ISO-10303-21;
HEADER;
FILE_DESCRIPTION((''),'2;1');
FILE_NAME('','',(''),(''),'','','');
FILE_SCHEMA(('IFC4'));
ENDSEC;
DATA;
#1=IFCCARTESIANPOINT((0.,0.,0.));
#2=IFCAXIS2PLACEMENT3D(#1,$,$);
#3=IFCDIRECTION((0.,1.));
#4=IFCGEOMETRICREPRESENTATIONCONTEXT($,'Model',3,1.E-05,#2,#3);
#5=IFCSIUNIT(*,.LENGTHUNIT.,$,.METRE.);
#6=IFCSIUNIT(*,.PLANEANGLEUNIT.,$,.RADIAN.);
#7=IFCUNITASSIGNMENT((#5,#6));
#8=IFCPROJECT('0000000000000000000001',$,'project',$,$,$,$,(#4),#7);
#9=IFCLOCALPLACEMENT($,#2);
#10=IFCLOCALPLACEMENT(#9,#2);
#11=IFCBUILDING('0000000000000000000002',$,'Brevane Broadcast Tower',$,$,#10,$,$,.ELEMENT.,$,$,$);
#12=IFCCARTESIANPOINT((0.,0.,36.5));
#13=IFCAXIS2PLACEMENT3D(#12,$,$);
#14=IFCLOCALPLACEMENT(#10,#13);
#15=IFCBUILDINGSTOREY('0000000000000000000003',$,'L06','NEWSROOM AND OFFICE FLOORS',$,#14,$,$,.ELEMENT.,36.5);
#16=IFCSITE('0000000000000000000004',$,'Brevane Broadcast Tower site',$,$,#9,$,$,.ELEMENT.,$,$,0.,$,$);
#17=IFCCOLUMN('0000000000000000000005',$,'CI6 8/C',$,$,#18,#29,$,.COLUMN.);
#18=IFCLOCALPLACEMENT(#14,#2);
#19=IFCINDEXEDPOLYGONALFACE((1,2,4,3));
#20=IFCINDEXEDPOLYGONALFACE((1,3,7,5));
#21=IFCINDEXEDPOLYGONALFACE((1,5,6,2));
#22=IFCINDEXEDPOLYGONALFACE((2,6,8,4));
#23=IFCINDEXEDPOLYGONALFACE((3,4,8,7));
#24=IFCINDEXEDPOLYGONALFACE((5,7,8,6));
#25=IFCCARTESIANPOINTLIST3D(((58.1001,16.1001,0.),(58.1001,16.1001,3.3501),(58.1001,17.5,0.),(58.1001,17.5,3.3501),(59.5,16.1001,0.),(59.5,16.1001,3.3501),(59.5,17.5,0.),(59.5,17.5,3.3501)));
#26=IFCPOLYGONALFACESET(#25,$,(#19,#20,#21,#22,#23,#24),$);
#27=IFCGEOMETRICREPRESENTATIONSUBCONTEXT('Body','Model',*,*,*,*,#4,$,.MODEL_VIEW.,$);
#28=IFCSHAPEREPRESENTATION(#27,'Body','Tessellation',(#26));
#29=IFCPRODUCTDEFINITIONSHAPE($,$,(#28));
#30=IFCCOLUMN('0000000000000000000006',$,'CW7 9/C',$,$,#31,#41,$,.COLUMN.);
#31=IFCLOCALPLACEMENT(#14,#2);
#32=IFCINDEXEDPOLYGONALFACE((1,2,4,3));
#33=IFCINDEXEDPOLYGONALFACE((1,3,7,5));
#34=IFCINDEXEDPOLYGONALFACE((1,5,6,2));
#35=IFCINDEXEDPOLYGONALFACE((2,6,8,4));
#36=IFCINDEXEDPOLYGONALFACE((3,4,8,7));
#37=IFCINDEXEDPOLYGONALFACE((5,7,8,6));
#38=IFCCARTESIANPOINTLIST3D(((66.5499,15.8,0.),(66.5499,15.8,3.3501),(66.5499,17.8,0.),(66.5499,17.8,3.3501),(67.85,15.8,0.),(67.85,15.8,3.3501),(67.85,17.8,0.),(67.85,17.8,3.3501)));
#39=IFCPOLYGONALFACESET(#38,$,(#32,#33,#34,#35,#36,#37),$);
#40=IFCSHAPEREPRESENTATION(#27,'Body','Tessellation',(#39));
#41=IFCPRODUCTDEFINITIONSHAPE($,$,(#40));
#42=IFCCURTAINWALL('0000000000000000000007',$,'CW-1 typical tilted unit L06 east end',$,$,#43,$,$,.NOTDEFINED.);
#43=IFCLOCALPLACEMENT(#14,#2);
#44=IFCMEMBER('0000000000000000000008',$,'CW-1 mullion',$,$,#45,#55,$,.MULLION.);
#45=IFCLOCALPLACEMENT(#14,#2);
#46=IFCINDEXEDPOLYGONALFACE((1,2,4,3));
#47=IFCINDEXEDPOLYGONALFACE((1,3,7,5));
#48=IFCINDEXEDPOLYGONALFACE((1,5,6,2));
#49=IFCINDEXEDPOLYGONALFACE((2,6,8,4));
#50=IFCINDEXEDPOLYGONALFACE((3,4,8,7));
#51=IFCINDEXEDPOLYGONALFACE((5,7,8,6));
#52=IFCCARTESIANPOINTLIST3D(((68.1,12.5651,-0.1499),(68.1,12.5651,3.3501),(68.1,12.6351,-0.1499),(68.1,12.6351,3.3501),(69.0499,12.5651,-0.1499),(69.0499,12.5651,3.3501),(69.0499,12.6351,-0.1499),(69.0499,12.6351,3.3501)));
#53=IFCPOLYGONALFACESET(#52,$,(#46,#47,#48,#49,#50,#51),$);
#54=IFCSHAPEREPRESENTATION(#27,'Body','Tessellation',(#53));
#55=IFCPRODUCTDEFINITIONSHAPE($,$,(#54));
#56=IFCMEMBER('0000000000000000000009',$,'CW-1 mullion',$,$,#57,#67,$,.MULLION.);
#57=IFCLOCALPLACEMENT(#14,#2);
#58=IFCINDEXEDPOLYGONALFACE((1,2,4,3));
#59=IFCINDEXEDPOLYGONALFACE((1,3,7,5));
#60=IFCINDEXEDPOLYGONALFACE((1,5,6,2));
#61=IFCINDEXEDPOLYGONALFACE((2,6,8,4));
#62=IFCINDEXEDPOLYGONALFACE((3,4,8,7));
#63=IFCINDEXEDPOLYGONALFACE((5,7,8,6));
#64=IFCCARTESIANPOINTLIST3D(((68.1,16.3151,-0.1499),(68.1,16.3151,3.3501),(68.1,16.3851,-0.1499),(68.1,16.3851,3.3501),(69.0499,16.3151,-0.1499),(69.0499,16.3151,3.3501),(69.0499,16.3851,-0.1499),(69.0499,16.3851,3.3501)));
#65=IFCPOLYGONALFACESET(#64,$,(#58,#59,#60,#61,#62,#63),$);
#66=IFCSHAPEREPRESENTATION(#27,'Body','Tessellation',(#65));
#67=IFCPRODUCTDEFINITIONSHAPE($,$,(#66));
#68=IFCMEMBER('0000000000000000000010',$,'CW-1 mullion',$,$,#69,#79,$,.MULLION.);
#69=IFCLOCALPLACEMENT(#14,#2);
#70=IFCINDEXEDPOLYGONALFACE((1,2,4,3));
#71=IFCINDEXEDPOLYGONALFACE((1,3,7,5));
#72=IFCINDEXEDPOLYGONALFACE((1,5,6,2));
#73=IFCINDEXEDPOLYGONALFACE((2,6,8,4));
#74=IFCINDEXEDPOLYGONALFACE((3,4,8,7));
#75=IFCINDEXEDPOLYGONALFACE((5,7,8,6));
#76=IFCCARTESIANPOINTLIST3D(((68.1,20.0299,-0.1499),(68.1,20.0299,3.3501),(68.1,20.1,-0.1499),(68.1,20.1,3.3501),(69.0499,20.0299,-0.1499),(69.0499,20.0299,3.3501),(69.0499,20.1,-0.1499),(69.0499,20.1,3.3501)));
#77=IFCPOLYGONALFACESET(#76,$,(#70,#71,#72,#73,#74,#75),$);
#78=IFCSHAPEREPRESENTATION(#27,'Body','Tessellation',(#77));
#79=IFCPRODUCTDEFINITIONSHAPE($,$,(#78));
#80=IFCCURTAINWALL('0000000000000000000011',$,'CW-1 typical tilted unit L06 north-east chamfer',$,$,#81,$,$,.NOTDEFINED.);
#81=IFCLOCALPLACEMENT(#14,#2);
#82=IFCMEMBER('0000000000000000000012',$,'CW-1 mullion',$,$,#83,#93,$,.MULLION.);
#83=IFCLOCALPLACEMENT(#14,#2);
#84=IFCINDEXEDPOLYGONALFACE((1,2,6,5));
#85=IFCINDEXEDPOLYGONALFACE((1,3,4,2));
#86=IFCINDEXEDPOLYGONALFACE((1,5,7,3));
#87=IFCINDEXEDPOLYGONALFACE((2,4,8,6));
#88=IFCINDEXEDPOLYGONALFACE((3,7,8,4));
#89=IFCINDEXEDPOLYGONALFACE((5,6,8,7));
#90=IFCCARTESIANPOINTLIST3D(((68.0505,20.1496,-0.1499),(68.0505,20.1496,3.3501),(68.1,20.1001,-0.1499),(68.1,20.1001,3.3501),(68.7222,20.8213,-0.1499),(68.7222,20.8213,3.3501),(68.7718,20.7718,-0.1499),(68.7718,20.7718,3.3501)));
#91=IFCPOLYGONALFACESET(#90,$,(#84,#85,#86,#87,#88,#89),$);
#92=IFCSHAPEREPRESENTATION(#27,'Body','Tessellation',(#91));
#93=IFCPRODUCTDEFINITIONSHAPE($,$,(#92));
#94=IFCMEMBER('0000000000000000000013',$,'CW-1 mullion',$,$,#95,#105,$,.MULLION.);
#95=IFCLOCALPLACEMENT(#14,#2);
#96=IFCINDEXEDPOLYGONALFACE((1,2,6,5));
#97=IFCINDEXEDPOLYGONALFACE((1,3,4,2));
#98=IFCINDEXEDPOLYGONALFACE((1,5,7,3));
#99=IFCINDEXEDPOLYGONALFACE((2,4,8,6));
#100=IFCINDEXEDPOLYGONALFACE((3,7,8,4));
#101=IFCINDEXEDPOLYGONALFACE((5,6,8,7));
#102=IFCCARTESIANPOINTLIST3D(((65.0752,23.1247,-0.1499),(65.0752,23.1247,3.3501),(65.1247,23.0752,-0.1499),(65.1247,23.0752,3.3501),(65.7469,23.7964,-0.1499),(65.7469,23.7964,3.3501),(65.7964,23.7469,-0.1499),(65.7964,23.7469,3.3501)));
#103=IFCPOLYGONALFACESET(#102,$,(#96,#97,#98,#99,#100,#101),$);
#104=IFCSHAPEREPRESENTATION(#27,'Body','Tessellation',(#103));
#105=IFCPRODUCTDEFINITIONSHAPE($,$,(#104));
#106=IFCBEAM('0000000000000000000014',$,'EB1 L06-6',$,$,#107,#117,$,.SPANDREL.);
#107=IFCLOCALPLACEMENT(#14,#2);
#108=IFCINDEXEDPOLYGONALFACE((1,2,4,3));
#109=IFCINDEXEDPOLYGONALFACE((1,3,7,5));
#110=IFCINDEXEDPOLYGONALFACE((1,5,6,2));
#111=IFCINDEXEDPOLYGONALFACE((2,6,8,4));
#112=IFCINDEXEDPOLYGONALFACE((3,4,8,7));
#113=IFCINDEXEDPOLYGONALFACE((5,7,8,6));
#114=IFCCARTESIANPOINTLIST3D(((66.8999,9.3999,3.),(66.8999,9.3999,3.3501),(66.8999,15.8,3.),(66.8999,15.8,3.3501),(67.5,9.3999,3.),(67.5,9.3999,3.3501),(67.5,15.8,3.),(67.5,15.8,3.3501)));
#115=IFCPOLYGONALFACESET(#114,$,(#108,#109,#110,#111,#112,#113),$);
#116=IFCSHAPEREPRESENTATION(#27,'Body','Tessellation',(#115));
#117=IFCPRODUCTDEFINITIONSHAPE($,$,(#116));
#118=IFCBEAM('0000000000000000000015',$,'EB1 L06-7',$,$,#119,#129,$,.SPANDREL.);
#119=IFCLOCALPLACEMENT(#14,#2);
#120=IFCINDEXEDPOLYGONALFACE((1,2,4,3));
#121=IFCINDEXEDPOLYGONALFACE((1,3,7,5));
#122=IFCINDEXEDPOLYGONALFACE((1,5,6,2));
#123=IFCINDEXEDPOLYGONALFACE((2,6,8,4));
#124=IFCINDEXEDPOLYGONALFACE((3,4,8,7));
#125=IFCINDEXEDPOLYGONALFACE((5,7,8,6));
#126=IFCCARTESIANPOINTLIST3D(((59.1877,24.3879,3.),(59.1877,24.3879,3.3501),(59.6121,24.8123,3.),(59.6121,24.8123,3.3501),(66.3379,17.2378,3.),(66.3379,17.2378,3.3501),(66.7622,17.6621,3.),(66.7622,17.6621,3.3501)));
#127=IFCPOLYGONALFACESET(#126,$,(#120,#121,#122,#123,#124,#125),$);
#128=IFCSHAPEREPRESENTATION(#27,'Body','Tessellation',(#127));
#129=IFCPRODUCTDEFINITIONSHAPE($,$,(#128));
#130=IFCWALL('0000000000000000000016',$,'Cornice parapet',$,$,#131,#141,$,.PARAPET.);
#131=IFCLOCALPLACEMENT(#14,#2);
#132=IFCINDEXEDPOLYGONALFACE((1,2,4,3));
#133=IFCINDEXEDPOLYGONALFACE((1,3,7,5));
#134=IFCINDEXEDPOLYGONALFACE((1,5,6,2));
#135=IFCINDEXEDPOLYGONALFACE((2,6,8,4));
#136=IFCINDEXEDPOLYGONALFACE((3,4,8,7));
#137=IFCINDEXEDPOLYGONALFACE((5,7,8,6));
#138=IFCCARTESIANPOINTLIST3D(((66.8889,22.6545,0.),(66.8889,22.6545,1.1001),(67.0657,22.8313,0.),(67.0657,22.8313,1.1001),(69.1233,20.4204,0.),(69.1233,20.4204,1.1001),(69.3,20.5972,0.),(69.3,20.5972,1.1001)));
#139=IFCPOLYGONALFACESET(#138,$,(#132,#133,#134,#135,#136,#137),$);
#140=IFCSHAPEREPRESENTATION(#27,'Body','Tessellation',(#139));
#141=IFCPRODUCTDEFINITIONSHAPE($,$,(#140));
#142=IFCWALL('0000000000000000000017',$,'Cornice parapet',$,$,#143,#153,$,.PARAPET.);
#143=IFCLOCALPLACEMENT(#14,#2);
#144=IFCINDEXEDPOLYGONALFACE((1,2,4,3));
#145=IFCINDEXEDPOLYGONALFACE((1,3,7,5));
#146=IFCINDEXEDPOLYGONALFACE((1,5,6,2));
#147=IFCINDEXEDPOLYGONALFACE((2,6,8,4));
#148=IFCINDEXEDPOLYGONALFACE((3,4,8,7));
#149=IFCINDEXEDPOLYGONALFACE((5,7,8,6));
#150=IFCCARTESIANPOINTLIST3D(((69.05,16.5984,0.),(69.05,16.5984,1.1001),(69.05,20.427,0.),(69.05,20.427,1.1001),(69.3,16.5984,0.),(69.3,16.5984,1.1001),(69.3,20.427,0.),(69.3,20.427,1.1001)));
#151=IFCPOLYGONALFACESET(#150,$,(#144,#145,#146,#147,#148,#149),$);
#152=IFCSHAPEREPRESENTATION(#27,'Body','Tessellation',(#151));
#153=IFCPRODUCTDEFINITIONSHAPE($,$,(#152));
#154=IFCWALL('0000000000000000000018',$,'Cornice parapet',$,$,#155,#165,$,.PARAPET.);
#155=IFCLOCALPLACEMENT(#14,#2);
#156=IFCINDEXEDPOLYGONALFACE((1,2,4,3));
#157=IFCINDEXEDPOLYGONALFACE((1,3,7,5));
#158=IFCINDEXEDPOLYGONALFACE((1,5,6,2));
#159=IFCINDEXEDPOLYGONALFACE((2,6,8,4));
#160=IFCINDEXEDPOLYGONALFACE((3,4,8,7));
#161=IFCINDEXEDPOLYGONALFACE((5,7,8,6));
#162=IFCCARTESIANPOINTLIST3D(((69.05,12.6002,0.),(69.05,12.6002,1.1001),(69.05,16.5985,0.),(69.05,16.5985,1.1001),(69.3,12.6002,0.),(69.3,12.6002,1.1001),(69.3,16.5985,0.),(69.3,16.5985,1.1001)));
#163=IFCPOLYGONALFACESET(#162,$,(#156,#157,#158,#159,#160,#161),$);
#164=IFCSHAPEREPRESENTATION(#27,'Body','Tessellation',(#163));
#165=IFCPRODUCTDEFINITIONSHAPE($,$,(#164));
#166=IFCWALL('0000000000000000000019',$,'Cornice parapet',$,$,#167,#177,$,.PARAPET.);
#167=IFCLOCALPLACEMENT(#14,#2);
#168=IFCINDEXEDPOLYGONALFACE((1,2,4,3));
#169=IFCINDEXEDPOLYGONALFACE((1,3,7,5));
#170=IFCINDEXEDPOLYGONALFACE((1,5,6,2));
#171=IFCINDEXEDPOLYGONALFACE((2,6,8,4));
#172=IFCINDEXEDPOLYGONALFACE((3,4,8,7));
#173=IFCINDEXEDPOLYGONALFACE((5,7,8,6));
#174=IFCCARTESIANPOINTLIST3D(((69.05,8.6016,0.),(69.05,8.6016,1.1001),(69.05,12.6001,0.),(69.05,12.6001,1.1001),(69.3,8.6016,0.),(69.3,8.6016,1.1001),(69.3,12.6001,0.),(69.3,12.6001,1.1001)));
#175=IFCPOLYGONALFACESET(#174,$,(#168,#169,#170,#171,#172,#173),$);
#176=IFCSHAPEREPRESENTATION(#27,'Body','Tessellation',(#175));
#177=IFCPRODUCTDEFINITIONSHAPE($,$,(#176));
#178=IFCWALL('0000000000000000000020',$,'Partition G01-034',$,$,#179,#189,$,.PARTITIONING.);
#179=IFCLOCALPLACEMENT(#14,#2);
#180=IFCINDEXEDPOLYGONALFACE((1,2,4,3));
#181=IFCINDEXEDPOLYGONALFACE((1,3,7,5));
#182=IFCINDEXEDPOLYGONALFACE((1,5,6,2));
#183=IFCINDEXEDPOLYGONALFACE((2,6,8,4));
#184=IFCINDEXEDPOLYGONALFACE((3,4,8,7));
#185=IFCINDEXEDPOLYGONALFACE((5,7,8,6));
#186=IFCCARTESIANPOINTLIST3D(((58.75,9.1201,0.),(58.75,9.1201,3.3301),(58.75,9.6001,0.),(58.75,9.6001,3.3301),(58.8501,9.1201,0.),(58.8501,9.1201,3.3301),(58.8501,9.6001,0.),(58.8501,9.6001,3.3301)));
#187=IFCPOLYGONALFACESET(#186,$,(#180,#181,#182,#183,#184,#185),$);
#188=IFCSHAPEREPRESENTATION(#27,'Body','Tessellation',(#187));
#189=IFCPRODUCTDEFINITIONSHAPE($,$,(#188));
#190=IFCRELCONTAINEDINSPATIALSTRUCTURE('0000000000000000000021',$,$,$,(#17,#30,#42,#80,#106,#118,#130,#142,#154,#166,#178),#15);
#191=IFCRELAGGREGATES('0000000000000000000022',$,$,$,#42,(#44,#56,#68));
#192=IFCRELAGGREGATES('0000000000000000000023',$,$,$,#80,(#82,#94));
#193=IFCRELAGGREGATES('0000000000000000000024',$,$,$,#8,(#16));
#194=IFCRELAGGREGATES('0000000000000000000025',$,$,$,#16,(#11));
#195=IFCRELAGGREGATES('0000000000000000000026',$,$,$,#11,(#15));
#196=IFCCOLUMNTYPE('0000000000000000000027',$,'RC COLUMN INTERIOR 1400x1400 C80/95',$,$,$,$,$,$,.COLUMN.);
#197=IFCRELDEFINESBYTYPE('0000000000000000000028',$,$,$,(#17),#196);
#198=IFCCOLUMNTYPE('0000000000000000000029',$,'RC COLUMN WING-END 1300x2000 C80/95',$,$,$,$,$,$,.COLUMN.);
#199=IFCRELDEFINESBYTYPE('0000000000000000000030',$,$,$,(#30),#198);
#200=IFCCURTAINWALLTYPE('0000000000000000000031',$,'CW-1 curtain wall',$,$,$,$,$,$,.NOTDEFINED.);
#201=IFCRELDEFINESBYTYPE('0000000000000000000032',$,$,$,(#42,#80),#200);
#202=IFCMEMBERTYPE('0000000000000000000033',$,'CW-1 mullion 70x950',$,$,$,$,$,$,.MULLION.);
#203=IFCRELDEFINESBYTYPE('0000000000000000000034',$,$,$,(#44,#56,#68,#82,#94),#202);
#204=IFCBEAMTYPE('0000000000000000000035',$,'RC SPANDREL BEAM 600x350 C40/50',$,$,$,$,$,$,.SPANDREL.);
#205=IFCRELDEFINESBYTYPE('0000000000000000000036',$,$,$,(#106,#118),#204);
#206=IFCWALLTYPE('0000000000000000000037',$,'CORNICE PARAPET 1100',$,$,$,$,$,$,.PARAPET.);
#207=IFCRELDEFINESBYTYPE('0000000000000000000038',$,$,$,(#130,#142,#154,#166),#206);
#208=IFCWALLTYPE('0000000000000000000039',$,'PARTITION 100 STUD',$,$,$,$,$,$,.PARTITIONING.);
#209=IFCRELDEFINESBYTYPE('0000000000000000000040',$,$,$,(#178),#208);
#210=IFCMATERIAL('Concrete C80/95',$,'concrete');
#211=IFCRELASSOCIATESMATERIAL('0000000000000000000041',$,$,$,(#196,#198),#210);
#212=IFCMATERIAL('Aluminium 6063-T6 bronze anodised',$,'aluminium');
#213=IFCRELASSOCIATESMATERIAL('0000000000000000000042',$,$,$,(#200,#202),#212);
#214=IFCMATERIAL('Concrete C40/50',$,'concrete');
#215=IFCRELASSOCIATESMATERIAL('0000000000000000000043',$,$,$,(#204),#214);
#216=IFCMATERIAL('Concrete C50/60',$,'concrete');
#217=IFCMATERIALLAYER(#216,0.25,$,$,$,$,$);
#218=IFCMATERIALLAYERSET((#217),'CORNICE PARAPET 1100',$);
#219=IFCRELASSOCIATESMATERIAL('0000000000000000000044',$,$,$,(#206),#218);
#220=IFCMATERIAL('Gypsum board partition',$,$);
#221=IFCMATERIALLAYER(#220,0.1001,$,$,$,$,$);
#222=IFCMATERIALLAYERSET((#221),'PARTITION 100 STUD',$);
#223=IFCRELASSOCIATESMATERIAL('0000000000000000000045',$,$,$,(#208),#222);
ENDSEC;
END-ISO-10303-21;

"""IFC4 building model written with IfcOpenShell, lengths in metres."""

from ifc_helpers import new_model, si_unit, direction, frame, frame_2d, origin, origin_2d, place, context, subcontext, project, spatial, rectangle, extrude, material, layer, layer_set, material_profile, profile_set, type_object, element, aggregate, save


model = new_model("IFC4")

# Units and contexts
model_context = context("Model", 3, precision=1e-05, world=origin(), true_north=direction((0.0, 1.0)))
body_context = subcontext(model_context, "Body", "Model", "MODEL_VIEW")
ifc_project = project(units=[si_unit("LENGTHUNIT", "METRE"), si_unit("PLANEANGLEUNIT", "RADIAN")], contexts=[model_context])

# Site, building, storey
site_placement = place(None, origin())
site = spatial("IfcSite", under=ifc_project, at=site_placement, Name="Brevane Broadcast Tower site", CompositionType="ELEMENT", RefElevation=0.0)
building_placement = place(site_placement, origin())
building = spatial("IfcBuilding", under=site, at=building_placement, Name="Brevane Broadcast Tower", CompositionType="ELEMENT")
storey_placement = place(building_placement, frame((0.0, 0.0, 36.5)))
storey = spatial("IfcBuildingStorey", under=building, at=storey_placement, Name="L06", Description="NEWSROOM AND OFFICE FLOORS", CompositionType="ELEMENT", Elevation=36.5)

# Columns
ifc_material_1 = material(Name="Concrete C80/95", Category="concrete")
ifc_material_profile_1 = material_profile(ifc_material_1, rectangle(XDim=1.3999, YDim=1.3999, at=origin_2d()), Name="RC 1400x1400")
ifc_profile_set_1 = profile_set([ifc_material_profile_1], Name="Concrete C80/95")
column_type_1 = type_object("IfcColumnType", Name="RC COLUMN INTERIOR 1400x1400 C80/95", PredefinedType="COLUMN", material=ifc_profile_set_1)
column_1_placement = place(storey_placement, frame((58.8, 16.8, 0.0), z_axis=(0.0, 0.0, 1.0), x_axis=(1.0, 0.0, 0.0)))
element("IfcColumn", 1, at=column_1_placement, inside=storey, type_object=column_type_1, Name="CI6 8/C", PredefinedType="COLUMN", context=body_context, shape_type="SweptSolid", body=[
    extrude(rectangle(XDim=1.3999, YDim=1.3999, at=origin_2d()), origin(), (0.0, 0.0, 1.0), 3.3501),
])
ifc_material_profile_2 = material_profile(ifc_material_1, rectangle(XDim=1.3, YDim=2.0, at=origin_2d()), Name="RC 1300x2000")
ifc_profile_set_2 = profile_set([ifc_material_profile_2], Name="Concrete C80/95")
column_type_2 = type_object("IfcColumnType", Name="RC COLUMN WING-END 1300x2000 C80/95", PredefinedType="COLUMN", material=ifc_profile_set_2)
column_2_placement = place(storey_placement, frame((67.2, 16.8, 0.0), z_axis=(0.0, 0.0, 1.0), x_axis=(1.0, 0.0, 0.0)))
element("IfcColumn", 2, at=column_2_placement, inside=storey, type_object=column_type_2, Name="CW7 9/C", PredefinedType="COLUMN", context=body_context, shape_type="SweptSolid", body=[
    extrude(rectangle(XDim=1.3, YDim=2.0, at=origin_2d()), origin(), (0.0, 0.0, 1.0), 3.3501),
])

# Curtain walls, members
ifc_material_2 = material(Name="Aluminium 6063-T6 bronze anodised", Category="aluminium")
curtain_wall_type = type_object("IfcCurtainWallType", Name="CW-1 curtain wall", PredefinedType="NOTDEFINED", material=ifc_material_2)
curtain_wall_1_placement = place(storey_placement, origin())
curtain_wall_1 = element("IfcCurtainWall", 3, at=curtain_wall_1_placement, inside=storey, type_object=curtain_wall_type, Name="CW-1 typical tilted unit L06 east end", PredefinedType="NOTDEFINED")
ifc_material_profile_3 = material_profile(ifc_material_2, rectangle(XDim=0.95, YDim=0.0701, at=origin_2d()), Name="RECT 70x950")
ifc_profile_set_3 = profile_set([ifc_material_profile_3], Name="Aluminium 6063-T6 bronze anodised")
member_type = type_object("IfcMemberType", Name="CW-1 mullion 70x950", PredefinedType="MULLION", material=ifc_profile_set_3)
member_1_placement = place(storey_placement, frame((68.575, 12.6001, -0.1499), z_axis=(0.0, 0.0, 1.0), x_axis=(-1.0, 0.0, 0.0)))
member_1 = element("IfcMember", 4, at=member_1_placement, type_object=member_type, Name="CW-1 mullion", PredefinedType="MULLION", context=body_context, shape_type="SweptSolid", body=[
    extrude(rectangle(XDim=0.95, YDim=0.0701, at=origin_2d()), origin(), (0.0, 0.0, 1.0), 3.5),
])
member_2_placement = place(storey_placement, frame((68.575, 16.3501, -0.1499), z_axis=(0.0, 0.0, 1.0), x_axis=(-1.0, 0.0, 0.0)))
member_2 = element("IfcMember", 5, at=member_2_placement, type_object=member_type, Name="CW-1 mullion", PredefinedType="MULLION", context=body_context, shape_type="SweptSolid", body=[
    extrude(rectangle(XDim=0.95, YDim=0.0701, at=origin_2d()), origin(), (0.0, 0.0, 1.0), 3.5),
])
member_3_placement = place(storey_placement, frame((68.575, 20.0649, -0.1499), z_axis=(0.0, 0.0, 1.0), x_axis=(-1.0, 0.0, 0.0)))
member_3 = element("IfcMember", 6, at=member_3_placement, type_object=member_type, Name="CW-1 mullion", PredefinedType="MULLION", context=body_context, shape_type="SweptSolid", body=[
    extrude(rectangle(XDim=0.95, YDim=0.0701, at=origin_2d()), origin(), (0.0, 0.0, 1.0), 3.5),
])
aggregate(curtain_wall_1, [member_1, member_2, member_3])
curtain_wall_2_placement = place(storey_placement, origin())
curtain_wall_2 = element("IfcCurtainWall", 7, at=curtain_wall_2_placement, inside=storey, type_object=curtain_wall_type, Name="CW-1 typical tilted unit L06 north-east chamfer", PredefinedType="NOTDEFINED")
member_4_placement = place(storey_placement, frame((68.4111, 20.4607, -0.1499), z_axis=(0.0, 0.0, 1.0), x_axis=(-0.707107, -0.707107, 0.0)))
member_4 = element("IfcMember", 8, at=member_4_placement, type_object=member_type, Name="CW-1 mullion", PredefinedType="MULLION", context=body_context, shape_type="SweptSolid", body=[
    extrude(rectangle(XDim=0.95, YDim=0.0701, at=origin_2d()), origin(), (0.0, 0.0, 1.0), 3.5),
])
member_5_placement = place(storey_placement, frame((65.4358, 23.4358, -0.1499), z_axis=(0.0, 0.0, 1.0), x_axis=(-0.707107, -0.707107, 0.0)))
member_5 = element("IfcMember", 9, at=member_5_placement, type_object=member_type, Name="CW-1 mullion", PredefinedType="MULLION", context=body_context, shape_type="SweptSolid", body=[
    extrude(rectangle(XDim=0.95, YDim=0.0701, at=origin_2d()), origin(), (0.0, 0.0, 1.0), 3.5),
])
aggregate(curtain_wall_2, [member_4, member_5])

# Beams
ifc_material_3 = material(Name="Concrete C40/50", Category="concrete")
ifc_material_profile_4 = material_profile(ifc_material_3, rectangle(XDim=0.6001, YDim=0.3501, at=origin_2d()), Name="RC 600x350")
ifc_profile_set_4 = profile_set([ifc_material_profile_4], Name="Concrete C40/50")
beam_type = type_object("IfcBeamType", Name="RC SPANDREL BEAM 600x350 C40/50", PredefinedType="SPANDREL", material=ifc_profile_set_4)
beam_1_placement = place(storey_placement, frame((67.2, 9.3999, 3.175), z_axis=(0.0, 1.0, 0.0), x_axis=(-1.0, 0.0, 0.0)))
element("IfcBeam", 10, at=beam_1_placement, inside=storey, type_object=beam_type, Name="EB1 L06-6", PredefinedType="SPANDREL", context=body_context, shape_type="SweptSolid", body=[
    extrude(rectangle(XDim=0.6001, YDim=0.3501, at=origin_2d()), origin(), (0.0, 0.0, 1.0), 6.4001),
])
beam_2_placement = place(storey_placement, frame((66.55, 17.45, 3.175), z_axis=(-0.707107, 0.707107, 0.0), x_axis=(-0.707107, -0.707107, 0.0)))
element("IfcBeam", 11, at=beam_2_placement, inside=storey, type_object=beam_type, Name="EB1 L06-7", PredefinedType="SPANDREL", context=body_context, shape_type="SweptSolid", body=[
    extrude(rectangle(XDim=0.6001, YDim=0.3501, at=origin_2d()), origin(), (0.0, 0.0, 1.0), 10.1118),
])

# Walls
ifc_material_4 = material(Name="Concrete C50/60", Category="concrete")
ifc_layer_1 = layer(ifc_material_4, 0.25)
ifc_layer_set_1 = layer_set([ifc_layer_1], Name="CORNICE PARAPET 1100")
wall_type_1 = type_object("IfcWallType", Name="CORNICE PARAPET 1100", PredefinedType="PARAPET", material=ifc_layer_set_1)
wall_1_placement = place(storey_placement, frame((66.9773, 22.7429, 0.0), z_axis=(0.0, 0.0, 1.0), x_axis=(0.707145, -0.707068, 0.0)))
element("IfcWall", 12, at=wall_1_placement, inside=storey, type_object=wall_type_1, Name="Cornice parapet", PredefinedType="PARAPET", context=body_context, shape_type="SweptSolid", body=[
    extrude(rectangle(XDim=3.1597, YDim=0.25, at=frame_2d((1.5798, 0.0))), origin(), (0.0, 0.0, 1.0), 1.1001),
])
wall_2_placement = place(storey_placement, frame((69.175, 20.427, 0.0), z_axis=(0.0, 0.0, 1.0), x_axis=(0.0, -1.0, 0.0)))
element("IfcWall", 13, at=wall_2_placement, inside=storey, type_object=wall_type_1, Name="Cornice parapet", PredefinedType="PARAPET", context=body_context, shape_type="SweptSolid", body=[
    extrude(rectangle(XDim=3.8286, YDim=0.25, at=frame_2d((1.9143, 0.0))), origin(), (0.0, 0.0, 1.0), 1.1001),
])
wall_3_placement = place(storey_placement, frame((69.175, 16.5984, 0.0), z_axis=(0.0, 0.0, 1.0), x_axis=(0.0, -1.0, 0.0)))
element("IfcWall", 14, at=wall_3_placement, inside=storey, type_object=wall_type_1, Name="Cornice parapet", PredefinedType="PARAPET", context=body_context, shape_type="SweptSolid", body=[
    extrude(rectangle(XDim=3.9983, YDim=0.25, at=frame_2d((1.999, 0.0))), origin(), (0.0, 0.0, 1.0), 1.1001),
])
wall_4_placement = place(storey_placement, frame((69.175, 12.6001, 0.0), z_axis=(0.0, 0.0, 1.0), x_axis=(0.0, -1.0, 0.0)))
element("IfcWall", 15, at=wall_4_placement, inside=storey, type_object=wall_type_1, Name="Cornice parapet", PredefinedType="PARAPET", context=body_context, shape_type="SweptSolid", body=[
    extrude(rectangle(XDim=3.9985, YDim=0.25, at=frame_2d((1.9993, 0.0))), origin(), (0.0, 0.0, 1.0), 1.1001),
])
ifc_material_5 = material(Name="Gypsum board partition")
ifc_layer_2 = layer(ifc_material_5, 0.1001)
ifc_layer_set_2 = layer_set([ifc_layer_2], Name="PARTITION 100 STUD")
wall_type_2 = type_object("IfcWallType", Name="PARTITION 100 STUD", PredefinedType="PARTITIONING", material=ifc_layer_set_2)
wall_5_placement = place(storey_placement, frame((58.8, 9.6001, 0.0), z_axis=(0.0, 0.0, 1.0), x_axis=(0.0, -1.0, 0.0)))
element("IfcWall", 16, at=wall_5_placement, inside=storey, type_object=wall_type_2, Name="Partition G01-034", PredefinedType="PARTITIONING", context=body_context, shape_type="SweptSolid", body=[
    extrude(rectangle(XDim=0.48, YDim=0.1001, at=frame_2d((0.24, 0.0))), origin(), (0.0, 0.0, 1.0), 3.3301),
])

save(model, "model.ifc")
